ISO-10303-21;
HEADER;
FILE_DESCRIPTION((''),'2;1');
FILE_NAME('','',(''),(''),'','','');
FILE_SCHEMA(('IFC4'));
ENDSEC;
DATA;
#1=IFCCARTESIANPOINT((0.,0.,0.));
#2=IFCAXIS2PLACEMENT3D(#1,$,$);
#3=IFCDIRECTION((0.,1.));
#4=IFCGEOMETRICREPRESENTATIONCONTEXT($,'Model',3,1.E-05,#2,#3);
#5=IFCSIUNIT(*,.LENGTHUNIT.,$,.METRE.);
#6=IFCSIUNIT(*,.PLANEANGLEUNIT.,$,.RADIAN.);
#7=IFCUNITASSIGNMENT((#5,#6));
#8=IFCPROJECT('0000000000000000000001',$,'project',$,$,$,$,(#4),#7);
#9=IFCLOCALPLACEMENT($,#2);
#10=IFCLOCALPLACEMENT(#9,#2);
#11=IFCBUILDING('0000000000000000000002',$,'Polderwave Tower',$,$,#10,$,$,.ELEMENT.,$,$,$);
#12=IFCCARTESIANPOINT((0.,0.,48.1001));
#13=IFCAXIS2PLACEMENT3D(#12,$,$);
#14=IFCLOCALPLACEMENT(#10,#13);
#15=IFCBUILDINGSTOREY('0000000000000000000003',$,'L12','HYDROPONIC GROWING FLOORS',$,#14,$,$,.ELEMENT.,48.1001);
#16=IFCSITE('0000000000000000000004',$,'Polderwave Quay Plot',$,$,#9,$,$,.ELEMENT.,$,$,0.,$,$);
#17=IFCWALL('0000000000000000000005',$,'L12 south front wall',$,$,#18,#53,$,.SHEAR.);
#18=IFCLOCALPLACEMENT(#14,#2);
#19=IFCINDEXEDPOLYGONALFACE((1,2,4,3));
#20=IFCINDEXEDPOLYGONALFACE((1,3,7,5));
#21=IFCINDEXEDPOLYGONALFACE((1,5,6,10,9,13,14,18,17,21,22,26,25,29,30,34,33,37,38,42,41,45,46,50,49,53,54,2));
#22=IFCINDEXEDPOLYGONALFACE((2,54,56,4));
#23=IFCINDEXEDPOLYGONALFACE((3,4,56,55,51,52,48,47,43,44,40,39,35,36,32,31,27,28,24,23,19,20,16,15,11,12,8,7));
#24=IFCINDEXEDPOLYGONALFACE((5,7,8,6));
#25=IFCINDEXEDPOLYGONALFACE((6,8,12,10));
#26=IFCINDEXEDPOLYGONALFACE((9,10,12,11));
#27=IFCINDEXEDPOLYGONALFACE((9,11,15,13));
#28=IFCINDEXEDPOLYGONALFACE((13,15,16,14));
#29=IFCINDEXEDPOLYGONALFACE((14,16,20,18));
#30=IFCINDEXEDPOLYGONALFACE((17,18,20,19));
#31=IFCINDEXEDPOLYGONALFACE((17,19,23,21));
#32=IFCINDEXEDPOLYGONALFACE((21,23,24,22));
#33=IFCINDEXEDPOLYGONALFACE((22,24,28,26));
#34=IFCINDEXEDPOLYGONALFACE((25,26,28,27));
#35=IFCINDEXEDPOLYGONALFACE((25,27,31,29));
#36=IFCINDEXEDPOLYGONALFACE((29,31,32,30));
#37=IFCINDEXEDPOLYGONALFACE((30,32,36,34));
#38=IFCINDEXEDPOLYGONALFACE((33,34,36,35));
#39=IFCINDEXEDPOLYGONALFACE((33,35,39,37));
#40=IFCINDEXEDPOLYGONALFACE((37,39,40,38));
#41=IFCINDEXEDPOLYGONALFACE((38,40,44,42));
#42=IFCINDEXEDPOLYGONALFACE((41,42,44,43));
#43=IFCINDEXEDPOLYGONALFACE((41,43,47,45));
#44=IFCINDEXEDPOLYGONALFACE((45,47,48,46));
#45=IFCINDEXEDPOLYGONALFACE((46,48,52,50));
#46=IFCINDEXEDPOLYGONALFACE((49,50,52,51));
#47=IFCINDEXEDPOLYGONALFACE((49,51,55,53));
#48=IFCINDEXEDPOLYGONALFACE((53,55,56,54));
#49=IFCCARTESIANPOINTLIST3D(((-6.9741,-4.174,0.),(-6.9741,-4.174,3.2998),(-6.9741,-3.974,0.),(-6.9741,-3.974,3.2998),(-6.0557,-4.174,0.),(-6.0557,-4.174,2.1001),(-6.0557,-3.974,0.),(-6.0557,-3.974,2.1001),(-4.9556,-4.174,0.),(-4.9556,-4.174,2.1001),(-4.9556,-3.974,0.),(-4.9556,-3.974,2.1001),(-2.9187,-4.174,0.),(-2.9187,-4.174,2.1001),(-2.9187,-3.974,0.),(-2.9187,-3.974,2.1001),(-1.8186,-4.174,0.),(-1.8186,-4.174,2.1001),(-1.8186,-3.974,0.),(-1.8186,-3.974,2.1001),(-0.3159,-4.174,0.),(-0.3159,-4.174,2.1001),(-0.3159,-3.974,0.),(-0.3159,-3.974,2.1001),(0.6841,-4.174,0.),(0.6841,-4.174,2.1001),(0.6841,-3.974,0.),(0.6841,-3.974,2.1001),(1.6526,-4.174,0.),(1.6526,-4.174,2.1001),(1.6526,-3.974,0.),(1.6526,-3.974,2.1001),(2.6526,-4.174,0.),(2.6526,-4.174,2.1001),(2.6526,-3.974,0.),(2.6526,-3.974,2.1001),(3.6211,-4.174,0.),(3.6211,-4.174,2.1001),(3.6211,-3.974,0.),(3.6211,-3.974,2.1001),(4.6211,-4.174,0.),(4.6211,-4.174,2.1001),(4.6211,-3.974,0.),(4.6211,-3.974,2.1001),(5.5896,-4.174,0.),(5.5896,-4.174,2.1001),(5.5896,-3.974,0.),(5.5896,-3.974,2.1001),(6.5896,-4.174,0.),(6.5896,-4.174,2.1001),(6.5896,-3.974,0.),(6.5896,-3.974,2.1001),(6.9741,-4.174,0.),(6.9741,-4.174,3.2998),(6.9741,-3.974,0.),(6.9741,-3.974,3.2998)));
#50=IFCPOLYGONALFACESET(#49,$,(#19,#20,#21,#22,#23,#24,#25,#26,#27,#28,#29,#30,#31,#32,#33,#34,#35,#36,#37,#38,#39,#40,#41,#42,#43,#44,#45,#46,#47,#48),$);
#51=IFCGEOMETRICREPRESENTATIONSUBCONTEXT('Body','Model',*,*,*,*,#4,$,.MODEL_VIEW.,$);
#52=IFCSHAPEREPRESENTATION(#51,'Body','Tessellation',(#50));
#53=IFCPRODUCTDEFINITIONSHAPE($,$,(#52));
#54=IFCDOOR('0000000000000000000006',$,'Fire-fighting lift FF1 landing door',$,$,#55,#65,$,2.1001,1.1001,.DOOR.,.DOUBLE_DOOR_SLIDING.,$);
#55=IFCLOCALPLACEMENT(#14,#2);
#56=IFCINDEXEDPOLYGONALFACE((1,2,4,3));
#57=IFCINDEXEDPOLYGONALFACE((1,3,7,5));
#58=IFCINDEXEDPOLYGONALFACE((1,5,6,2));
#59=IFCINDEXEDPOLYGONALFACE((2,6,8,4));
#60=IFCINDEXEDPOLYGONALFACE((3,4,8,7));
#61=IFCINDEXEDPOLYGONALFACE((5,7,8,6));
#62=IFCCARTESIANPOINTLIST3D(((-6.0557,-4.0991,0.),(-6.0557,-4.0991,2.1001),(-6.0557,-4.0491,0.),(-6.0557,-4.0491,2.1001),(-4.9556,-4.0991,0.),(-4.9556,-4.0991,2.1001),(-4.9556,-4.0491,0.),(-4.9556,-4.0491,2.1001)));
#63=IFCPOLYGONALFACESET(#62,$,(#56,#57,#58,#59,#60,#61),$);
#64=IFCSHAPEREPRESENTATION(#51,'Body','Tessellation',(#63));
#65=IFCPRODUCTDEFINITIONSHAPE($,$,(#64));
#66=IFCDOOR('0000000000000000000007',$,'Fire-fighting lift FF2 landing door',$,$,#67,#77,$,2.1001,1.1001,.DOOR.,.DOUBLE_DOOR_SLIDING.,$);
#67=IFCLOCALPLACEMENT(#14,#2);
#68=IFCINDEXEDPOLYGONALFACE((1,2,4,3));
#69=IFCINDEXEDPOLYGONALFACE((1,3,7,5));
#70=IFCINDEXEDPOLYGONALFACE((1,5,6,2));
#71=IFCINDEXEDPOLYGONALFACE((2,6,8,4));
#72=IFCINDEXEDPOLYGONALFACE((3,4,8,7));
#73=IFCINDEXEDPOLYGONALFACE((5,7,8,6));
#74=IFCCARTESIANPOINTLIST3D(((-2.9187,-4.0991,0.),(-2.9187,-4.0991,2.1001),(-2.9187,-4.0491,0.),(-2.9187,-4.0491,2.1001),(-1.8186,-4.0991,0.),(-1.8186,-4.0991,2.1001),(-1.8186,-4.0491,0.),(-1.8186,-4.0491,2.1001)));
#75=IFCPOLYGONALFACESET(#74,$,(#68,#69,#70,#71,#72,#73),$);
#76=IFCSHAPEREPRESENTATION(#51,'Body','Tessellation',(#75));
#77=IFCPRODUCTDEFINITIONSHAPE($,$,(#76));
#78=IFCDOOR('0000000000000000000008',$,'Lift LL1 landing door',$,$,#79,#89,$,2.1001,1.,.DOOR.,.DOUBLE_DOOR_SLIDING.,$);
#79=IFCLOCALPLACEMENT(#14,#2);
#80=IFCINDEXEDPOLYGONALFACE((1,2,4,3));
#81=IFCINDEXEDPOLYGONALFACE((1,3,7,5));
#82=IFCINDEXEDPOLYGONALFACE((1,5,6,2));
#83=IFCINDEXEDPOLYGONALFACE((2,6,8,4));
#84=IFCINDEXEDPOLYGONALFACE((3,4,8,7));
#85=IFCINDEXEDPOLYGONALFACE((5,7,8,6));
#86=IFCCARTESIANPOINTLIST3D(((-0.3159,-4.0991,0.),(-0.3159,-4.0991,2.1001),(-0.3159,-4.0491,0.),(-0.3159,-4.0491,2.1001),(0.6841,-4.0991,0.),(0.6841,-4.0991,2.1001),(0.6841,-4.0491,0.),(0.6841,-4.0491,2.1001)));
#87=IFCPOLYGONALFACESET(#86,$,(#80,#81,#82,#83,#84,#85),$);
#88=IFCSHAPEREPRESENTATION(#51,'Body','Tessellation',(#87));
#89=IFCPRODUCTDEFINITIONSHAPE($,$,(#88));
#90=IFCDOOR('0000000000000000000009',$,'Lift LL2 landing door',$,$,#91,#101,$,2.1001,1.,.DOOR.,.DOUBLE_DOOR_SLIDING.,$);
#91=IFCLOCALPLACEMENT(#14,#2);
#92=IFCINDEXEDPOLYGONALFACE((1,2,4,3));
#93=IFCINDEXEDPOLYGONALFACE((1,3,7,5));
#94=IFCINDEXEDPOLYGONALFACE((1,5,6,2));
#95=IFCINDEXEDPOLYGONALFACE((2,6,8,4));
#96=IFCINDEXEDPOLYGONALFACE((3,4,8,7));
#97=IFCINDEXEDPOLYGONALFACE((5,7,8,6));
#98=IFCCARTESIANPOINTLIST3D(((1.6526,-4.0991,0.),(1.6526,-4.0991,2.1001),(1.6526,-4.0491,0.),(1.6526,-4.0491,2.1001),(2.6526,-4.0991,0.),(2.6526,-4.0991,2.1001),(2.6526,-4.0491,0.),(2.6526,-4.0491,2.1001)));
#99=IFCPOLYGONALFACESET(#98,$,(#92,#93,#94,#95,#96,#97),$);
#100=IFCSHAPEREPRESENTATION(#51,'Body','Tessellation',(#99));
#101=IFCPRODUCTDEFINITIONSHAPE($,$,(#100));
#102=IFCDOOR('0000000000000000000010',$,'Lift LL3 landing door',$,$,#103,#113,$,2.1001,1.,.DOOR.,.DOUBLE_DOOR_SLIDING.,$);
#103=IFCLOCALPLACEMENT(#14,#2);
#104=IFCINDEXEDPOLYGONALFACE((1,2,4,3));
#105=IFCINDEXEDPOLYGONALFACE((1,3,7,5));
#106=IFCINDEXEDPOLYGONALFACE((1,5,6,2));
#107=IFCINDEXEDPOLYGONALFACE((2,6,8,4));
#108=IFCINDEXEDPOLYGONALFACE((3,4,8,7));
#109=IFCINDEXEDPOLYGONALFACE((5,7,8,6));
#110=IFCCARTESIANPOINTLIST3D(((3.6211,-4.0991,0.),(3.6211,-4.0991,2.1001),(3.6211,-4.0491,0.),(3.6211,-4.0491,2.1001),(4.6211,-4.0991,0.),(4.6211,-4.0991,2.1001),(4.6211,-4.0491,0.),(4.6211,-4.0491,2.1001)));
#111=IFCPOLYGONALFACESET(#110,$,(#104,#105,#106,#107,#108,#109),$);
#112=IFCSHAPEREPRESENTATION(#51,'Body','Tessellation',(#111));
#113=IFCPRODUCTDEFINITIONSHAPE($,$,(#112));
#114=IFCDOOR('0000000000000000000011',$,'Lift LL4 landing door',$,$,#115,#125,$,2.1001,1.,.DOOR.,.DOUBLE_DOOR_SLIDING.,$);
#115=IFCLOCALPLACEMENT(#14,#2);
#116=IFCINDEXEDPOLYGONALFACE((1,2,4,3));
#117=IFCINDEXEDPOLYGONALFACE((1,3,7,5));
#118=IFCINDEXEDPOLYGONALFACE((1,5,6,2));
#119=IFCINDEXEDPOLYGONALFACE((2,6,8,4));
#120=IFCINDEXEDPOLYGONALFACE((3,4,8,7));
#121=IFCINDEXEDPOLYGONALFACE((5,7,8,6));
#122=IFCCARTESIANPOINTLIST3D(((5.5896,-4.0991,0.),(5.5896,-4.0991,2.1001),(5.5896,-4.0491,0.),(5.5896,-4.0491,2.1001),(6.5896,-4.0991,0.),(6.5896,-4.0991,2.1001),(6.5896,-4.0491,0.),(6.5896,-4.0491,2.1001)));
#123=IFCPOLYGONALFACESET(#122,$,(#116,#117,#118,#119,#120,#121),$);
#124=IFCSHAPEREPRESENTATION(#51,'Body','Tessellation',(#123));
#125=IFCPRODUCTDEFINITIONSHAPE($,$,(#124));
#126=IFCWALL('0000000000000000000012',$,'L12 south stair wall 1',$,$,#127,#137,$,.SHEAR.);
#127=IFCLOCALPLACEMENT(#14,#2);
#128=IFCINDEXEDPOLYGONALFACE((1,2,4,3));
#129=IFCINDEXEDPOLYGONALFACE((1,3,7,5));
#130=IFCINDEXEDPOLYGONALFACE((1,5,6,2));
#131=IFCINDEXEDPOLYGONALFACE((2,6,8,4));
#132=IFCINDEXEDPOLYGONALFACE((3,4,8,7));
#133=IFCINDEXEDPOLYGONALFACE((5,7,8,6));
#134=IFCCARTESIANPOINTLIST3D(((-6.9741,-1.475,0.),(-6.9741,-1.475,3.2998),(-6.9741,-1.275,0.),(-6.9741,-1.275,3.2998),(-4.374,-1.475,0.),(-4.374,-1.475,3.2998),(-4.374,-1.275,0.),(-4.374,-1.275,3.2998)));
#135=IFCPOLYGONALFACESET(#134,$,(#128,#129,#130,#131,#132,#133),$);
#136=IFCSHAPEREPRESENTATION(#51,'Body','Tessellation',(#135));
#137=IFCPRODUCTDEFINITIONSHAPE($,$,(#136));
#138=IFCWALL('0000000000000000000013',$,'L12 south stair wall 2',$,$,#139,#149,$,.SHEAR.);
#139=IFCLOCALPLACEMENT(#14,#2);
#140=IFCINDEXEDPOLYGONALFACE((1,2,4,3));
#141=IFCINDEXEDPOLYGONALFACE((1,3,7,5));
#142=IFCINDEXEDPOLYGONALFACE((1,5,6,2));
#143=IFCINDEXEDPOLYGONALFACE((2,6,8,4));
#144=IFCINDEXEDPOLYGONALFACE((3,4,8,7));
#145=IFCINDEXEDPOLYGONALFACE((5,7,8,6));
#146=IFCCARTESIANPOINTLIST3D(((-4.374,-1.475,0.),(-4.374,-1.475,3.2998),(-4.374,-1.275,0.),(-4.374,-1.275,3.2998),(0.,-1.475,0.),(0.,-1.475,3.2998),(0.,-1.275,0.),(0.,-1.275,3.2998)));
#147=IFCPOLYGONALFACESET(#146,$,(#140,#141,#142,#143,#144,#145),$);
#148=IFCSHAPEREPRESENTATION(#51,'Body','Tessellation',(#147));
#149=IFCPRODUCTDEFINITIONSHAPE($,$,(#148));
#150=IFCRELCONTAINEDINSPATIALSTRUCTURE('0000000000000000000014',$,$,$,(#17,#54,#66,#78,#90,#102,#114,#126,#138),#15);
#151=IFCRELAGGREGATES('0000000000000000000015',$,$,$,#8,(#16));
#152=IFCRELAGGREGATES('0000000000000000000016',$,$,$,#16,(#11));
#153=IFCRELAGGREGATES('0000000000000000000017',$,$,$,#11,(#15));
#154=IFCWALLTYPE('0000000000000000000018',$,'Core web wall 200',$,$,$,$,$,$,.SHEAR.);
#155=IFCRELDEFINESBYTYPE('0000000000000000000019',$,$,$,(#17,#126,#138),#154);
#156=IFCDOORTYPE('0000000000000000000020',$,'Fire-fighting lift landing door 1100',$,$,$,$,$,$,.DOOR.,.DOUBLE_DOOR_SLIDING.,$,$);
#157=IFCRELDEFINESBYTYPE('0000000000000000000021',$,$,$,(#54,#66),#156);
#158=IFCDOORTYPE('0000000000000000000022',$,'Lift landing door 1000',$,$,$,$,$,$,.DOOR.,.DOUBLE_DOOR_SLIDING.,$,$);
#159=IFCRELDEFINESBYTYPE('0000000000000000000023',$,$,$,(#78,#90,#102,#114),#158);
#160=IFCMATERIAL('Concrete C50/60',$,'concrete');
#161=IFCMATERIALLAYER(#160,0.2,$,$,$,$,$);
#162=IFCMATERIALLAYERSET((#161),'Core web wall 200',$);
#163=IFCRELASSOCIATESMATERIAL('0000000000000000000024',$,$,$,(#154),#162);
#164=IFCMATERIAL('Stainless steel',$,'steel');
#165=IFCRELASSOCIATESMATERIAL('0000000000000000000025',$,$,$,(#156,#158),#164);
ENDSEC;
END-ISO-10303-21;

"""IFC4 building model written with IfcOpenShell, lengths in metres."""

from ifc_helpers import new_model, si_unit, direction, frame, frame_2d, origin, place, context, subcontext, project, spatial, rectangle, extrude, material, layer, layer_set, type_object, element, fill, save


model = new_model("IFC4")

# Units and contexts
model_context = context("Model", 3, precision=1e-05, world=origin(), true_north=direction((0.0, 1.0)))
body_context = subcontext(model_context, "Body", "Model", "MODEL_VIEW")
ifc_project = project(units=[si_unit("LENGTHUNIT", "METRE"), si_unit("PLANEANGLEUNIT", "RADIAN")], contexts=[model_context])

# Site, building, storey
site_placement = place(None, origin())
site = spatial("IfcSite", under=ifc_project, at=site_placement, Name="Polderwave Quay Plot", CompositionType="ELEMENT", RefElevation=0.0)
building_placement = place(site_placement, origin())
building = spatial("IfcBuilding", under=site, at=building_placement, Name="Polderwave Tower", CompositionType="ELEMENT")
storey_placement = place(building_placement, frame((0.0, 0.0, 48.1001)))
storey = spatial("IfcBuildingStorey", under=building, at=storey_placement, Name="L12", Description="HYDROPONIC GROWING FLOORS", CompositionType="ELEMENT", Elevation=48.1001)

# Wall, openings, doors
ifc_material_1 = material(Name="Concrete C50/60", Category="concrete")
ifc_layer_1 = layer(ifc_material_1, 0.2)
ifc_layer_set_1 = layer_set([ifc_layer_1], Name="Core web wall 200")
wall_type_1 = type_object("IfcWallType", Name="Core web wall 200", PredefinedType="SHEAR", material=ifc_layer_set_1)
wall_1_placement = place(storey_placement, frame((-6.9741, -4.074, 0.0), z_axis=(0.0, 0.0, 1.0), x_axis=(1.0, 0.0, 0.0)))
wall_1 = element("IfcWall", 1, at=wall_1_placement, inside=storey, type_object=wall_type_1, Name="L12 south front wall", PredefinedType="SHEAR", context=body_context, shape_type="SweptSolid", body=[
    extrude(rectangle(XDim=13.9482, YDim=0.2, at=frame_2d((6.9741, 0.0))), origin(), (0.0, 0.0, 1.0), 3.2998),
])
opening_1_placement = place(wall_1_placement, frame((0.9185, 0.0, 0.0)))
opening_1 = element("IfcOpeningElement", 2, at=opening_1_placement, cuts=wall_1, PredefinedType="OPENING", context=body_context, shape_type="SweptSolid", body=[
    extrude(rectangle(XDim=1.1001, YDim=2.1001, at=frame_2d((0.55, 1.05))), frame((0.0, 0.1099, 0.0), z_axis=(0.0, -1.0, 0.0), x_axis=(1.0, 0.0, 0.0)), (0.0, 0.0, 1.0), 0.22),
])
opening_2_placement = place(wall_1_placement, frame((4.0554, 0.0, 0.0)))
opening_2 = element("IfcOpeningElement", 3, at=opening_2_placement, cuts=wall_1, PredefinedType="OPENING", context=body_context, shape_type="SweptSolid", body=[
    extrude(rectangle(XDim=1.1001, YDim=2.1001, at=frame_2d((0.55, 1.05))), frame((0.0, 0.1099, 0.0), z_axis=(0.0, -1.0, 0.0), x_axis=(1.0, 0.0, 0.0)), (0.0, 0.0, 1.0), 0.22),
])
opening_3_placement = place(wall_1_placement, frame((6.6582, 0.0, 0.0)))
opening_3 = element("IfcOpeningElement", 4, at=opening_3_placement, cuts=wall_1, PredefinedType="OPENING", context=body_context, shape_type="SweptSolid", body=[
    extrude(rectangle(XDim=1.0, YDim=2.1001, at=frame_2d((0.5, 1.05))), frame((0.0, 0.1099, 0.0), z_axis=(0.0, -1.0, 0.0), x_axis=(1.0, 0.0, 0.0)), (0.0, 0.0, 1.0), 0.22),
])
opening_4_placement = place(wall_1_placement, frame((8.6267, 0.0, 0.0)))
opening_4 = element("IfcOpeningElement", 5, at=opening_4_placement, cuts=wall_1, PredefinedType="OPENING", context=body_context, shape_type="SweptSolid", body=[
    extrude(rectangle(XDim=1.0, YDim=2.1001, at=frame_2d((0.5, 1.05))), frame((0.0, 0.1099, 0.0), z_axis=(0.0, -1.0, 0.0), x_axis=(1.0, 0.0, 0.0)), (0.0, 0.0, 1.0), 0.22),
])
opening_5_placement = place(wall_1_placement, frame((10.5952, 0.0, 0.0)))
opening_5 = element("IfcOpeningElement", 6, at=opening_5_placement, cuts=wall_1, PredefinedType="OPENING", context=body_context, shape_type="SweptSolid", body=[
    extrude(rectangle(XDim=1.0, YDim=2.1001, at=frame_2d((0.5, 1.05))), frame((0.0, 0.1099, 0.0), z_axis=(0.0, -1.0, 0.0), x_axis=(1.0, 0.0, 0.0)), (0.0, 0.0, 1.0), 0.22),
])
opening_6_placement = place(wall_1_placement, frame((12.5637, 0.0, 0.0)))
opening_6 = element("IfcOpeningElement", 7, at=opening_6_placement, cuts=wall_1, PredefinedType="OPENING", context=body_context, shape_type="SweptSolid", body=[
    extrude(rectangle(XDim=1.0, YDim=2.1001, at=frame_2d((0.5, 1.05))), frame((0.0, 0.1099, 0.0), z_axis=(0.0, -1.0, 0.0), x_axis=(1.0, 0.0, 0.0)), (0.0, 0.0, 1.0), 0.22),
])
ifc_material_2 = material(Name="Stainless steel", Category="steel")
door_type_1 = type_object("IfcDoorType", Name="Fire-fighting lift landing door 1100", OperationType="DOUBLE_DOOR_SLIDING", PredefinedType="DOOR", material=ifc_material_2)
door_1_placement = place(opening_1_placement, origin())
door_1 = element("IfcDoor", 8, at=door_1_placement, inside=storey, type_object=door_type_1, Name="Fire-fighting lift FF1 landing door", OperationType="DOUBLE_DOOR_SLIDING", OverallHeight=2.1001, OverallWidth=1.1001, PredefinedType="DOOR", context=body_context, shape_type="SweptSolid", body=[
    extrude(rectangle(XDim=1.1001, YDim=2.1001, at=frame_2d((0.55, 1.05))), frame((0.0, 0.0249, 0.0), z_axis=(0.0, -1.0, 0.0), x_axis=(1.0, 0.0, 0.0)), (0.0, 0.0, 1.0), 0.05),
])
fill(opening_1, door_1)
door_2_placement = place(opening_2_placement, origin())
door_2 = element("IfcDoor", 9, at=door_2_placement, inside=storey, type_object=door_type_1, Name="Fire-fighting lift FF2 landing door", OperationType="DOUBLE_DOOR_SLIDING", OverallHeight=2.1001, OverallWidth=1.1001, PredefinedType="DOOR", context=body_context, shape_type="SweptSolid", body=[
    extrude(rectangle(XDim=1.1001, YDim=2.1001, at=frame_2d((0.55, 1.05))), frame((0.0, 0.0249, 0.0), z_axis=(0.0, -1.0, 0.0), x_axis=(1.0, 0.0, 0.0)), (0.0, 0.0, 1.0), 0.05),
])
fill(opening_2, door_2)
door_type_2 = type_object("IfcDoorType", Name="Lift landing door 1000", OperationType="DOUBLE_DOOR_SLIDING", PredefinedType="DOOR", material=ifc_material_2)
door_3_placement = place(opening_3_placement, origin())
door_3 = element("IfcDoor", 10, at=door_3_placement, inside=storey, type_object=door_type_2, Name="Lift LL1 landing door", OperationType="DOUBLE_DOOR_SLIDING", OverallHeight=2.1001, OverallWidth=1.0, PredefinedType="DOOR", context=body_context, shape_type="SweptSolid", body=[
    extrude(rectangle(XDim=1.0, YDim=2.1001, at=frame_2d((0.5, 1.05))), frame((0.0, 0.0249, 0.0), z_axis=(0.0, -1.0, 0.0), x_axis=(1.0, 0.0, 0.0)), (0.0, 0.0, 1.0), 0.05),
])
fill(opening_3, door_3)
door_4_placement = place(opening_4_placement, origin())
door_4 = element("IfcDoor", 11, at=door_4_placement, inside=storey, type_object=door_type_2, Name="Lift LL2 landing door", OperationType="DOUBLE_DOOR_SLIDING", OverallHeight=2.1001, OverallWidth=1.0, PredefinedType="DOOR", context=body_context, shape_type="SweptSolid", body=[
    extrude(rectangle(XDim=1.0, YDim=2.1001, at=frame_2d((0.5, 1.05))), frame((0.0, 0.0249, 0.0), z_axis=(0.0, -1.0, 0.0), x_axis=(1.0, 0.0, 0.0)), (0.0, 0.0, 1.0), 0.05),
])
fill(opening_4, door_4)
door_5_placement = place(opening_5_placement, origin())
door_5 = element("IfcDoor", 12, at=door_5_placement, inside=storey, type_object=door_type_2, Name="Lift LL3 landing door", OperationType="DOUBLE_DOOR_SLIDING", OverallHeight=2.1001, OverallWidth=1.0, PredefinedType="DOOR", context=body_context, shape_type="SweptSolid", body=[
    extrude(rectangle(XDim=1.0, YDim=2.1001, at=frame_2d((0.5, 1.05))), frame((0.0, 0.0249, 0.0), z_axis=(0.0, -1.0, 0.0), x_axis=(1.0, 0.0, 0.0)), (0.0, 0.0, 1.0), 0.05),
])
fill(opening_5, door_5)
door_6_placement = place(opening_6_placement, origin())
door_6 = element("IfcDoor", 13, at=door_6_placement, inside=storey, type_object=door_type_2, Name="Lift LL4 landing door", OperationType="DOUBLE_DOOR_SLIDING", OverallHeight=2.1001, OverallWidth=1.0, PredefinedType="DOOR", context=body_context, shape_type="SweptSolid", body=[
    extrude(rectangle(XDim=1.0, YDim=2.1001, at=frame_2d((0.5, 1.05))), frame((0.0, 0.0249, 0.0), z_axis=(0.0, -1.0, 0.0), x_axis=(1.0, 0.0, 0.0)), (0.0, 0.0, 1.0), 0.05),
])
fill(opening_6, door_6)

# Walls
wall_2_placement = place(storey_placement, frame((-6.9741, -1.375, 0.0), z_axis=(0.0, 0.0, 1.0), x_axis=(1.0, 0.0, 0.0)))
element("IfcWall", 14, at=wall_2_placement, inside=storey, type_object=wall_type_1, Name="L12 south stair wall 1", PredefinedType="SHEAR", context=body_context, shape_type="SweptSolid", body=[
    extrude(rectangle(XDim=2.6001, YDim=0.2, at=frame_2d((1.3, 0.0))), origin(), (0.0, 0.0, 1.0), 3.2998),
])
wall_3_placement = place(storey_placement, frame((-4.374, -1.375, 0.0), z_axis=(0.0, 0.0, 1.0), x_axis=(1.0, 0.0, 0.0)))
element("IfcWall", 15, at=wall_3_placement, inside=storey, type_object=wall_type_1, Name="L12 south stair wall 2", PredefinedType="SHEAR", context=body_context, shape_type="SweptSolid", body=[
    extrude(rectangle(XDim=4.374, YDim=0.2, at=frame_2d((2.187, 0.0))), origin(), (0.0, 0.0, 1.0), 3.2998),
])

save(model, "model.ifc")
